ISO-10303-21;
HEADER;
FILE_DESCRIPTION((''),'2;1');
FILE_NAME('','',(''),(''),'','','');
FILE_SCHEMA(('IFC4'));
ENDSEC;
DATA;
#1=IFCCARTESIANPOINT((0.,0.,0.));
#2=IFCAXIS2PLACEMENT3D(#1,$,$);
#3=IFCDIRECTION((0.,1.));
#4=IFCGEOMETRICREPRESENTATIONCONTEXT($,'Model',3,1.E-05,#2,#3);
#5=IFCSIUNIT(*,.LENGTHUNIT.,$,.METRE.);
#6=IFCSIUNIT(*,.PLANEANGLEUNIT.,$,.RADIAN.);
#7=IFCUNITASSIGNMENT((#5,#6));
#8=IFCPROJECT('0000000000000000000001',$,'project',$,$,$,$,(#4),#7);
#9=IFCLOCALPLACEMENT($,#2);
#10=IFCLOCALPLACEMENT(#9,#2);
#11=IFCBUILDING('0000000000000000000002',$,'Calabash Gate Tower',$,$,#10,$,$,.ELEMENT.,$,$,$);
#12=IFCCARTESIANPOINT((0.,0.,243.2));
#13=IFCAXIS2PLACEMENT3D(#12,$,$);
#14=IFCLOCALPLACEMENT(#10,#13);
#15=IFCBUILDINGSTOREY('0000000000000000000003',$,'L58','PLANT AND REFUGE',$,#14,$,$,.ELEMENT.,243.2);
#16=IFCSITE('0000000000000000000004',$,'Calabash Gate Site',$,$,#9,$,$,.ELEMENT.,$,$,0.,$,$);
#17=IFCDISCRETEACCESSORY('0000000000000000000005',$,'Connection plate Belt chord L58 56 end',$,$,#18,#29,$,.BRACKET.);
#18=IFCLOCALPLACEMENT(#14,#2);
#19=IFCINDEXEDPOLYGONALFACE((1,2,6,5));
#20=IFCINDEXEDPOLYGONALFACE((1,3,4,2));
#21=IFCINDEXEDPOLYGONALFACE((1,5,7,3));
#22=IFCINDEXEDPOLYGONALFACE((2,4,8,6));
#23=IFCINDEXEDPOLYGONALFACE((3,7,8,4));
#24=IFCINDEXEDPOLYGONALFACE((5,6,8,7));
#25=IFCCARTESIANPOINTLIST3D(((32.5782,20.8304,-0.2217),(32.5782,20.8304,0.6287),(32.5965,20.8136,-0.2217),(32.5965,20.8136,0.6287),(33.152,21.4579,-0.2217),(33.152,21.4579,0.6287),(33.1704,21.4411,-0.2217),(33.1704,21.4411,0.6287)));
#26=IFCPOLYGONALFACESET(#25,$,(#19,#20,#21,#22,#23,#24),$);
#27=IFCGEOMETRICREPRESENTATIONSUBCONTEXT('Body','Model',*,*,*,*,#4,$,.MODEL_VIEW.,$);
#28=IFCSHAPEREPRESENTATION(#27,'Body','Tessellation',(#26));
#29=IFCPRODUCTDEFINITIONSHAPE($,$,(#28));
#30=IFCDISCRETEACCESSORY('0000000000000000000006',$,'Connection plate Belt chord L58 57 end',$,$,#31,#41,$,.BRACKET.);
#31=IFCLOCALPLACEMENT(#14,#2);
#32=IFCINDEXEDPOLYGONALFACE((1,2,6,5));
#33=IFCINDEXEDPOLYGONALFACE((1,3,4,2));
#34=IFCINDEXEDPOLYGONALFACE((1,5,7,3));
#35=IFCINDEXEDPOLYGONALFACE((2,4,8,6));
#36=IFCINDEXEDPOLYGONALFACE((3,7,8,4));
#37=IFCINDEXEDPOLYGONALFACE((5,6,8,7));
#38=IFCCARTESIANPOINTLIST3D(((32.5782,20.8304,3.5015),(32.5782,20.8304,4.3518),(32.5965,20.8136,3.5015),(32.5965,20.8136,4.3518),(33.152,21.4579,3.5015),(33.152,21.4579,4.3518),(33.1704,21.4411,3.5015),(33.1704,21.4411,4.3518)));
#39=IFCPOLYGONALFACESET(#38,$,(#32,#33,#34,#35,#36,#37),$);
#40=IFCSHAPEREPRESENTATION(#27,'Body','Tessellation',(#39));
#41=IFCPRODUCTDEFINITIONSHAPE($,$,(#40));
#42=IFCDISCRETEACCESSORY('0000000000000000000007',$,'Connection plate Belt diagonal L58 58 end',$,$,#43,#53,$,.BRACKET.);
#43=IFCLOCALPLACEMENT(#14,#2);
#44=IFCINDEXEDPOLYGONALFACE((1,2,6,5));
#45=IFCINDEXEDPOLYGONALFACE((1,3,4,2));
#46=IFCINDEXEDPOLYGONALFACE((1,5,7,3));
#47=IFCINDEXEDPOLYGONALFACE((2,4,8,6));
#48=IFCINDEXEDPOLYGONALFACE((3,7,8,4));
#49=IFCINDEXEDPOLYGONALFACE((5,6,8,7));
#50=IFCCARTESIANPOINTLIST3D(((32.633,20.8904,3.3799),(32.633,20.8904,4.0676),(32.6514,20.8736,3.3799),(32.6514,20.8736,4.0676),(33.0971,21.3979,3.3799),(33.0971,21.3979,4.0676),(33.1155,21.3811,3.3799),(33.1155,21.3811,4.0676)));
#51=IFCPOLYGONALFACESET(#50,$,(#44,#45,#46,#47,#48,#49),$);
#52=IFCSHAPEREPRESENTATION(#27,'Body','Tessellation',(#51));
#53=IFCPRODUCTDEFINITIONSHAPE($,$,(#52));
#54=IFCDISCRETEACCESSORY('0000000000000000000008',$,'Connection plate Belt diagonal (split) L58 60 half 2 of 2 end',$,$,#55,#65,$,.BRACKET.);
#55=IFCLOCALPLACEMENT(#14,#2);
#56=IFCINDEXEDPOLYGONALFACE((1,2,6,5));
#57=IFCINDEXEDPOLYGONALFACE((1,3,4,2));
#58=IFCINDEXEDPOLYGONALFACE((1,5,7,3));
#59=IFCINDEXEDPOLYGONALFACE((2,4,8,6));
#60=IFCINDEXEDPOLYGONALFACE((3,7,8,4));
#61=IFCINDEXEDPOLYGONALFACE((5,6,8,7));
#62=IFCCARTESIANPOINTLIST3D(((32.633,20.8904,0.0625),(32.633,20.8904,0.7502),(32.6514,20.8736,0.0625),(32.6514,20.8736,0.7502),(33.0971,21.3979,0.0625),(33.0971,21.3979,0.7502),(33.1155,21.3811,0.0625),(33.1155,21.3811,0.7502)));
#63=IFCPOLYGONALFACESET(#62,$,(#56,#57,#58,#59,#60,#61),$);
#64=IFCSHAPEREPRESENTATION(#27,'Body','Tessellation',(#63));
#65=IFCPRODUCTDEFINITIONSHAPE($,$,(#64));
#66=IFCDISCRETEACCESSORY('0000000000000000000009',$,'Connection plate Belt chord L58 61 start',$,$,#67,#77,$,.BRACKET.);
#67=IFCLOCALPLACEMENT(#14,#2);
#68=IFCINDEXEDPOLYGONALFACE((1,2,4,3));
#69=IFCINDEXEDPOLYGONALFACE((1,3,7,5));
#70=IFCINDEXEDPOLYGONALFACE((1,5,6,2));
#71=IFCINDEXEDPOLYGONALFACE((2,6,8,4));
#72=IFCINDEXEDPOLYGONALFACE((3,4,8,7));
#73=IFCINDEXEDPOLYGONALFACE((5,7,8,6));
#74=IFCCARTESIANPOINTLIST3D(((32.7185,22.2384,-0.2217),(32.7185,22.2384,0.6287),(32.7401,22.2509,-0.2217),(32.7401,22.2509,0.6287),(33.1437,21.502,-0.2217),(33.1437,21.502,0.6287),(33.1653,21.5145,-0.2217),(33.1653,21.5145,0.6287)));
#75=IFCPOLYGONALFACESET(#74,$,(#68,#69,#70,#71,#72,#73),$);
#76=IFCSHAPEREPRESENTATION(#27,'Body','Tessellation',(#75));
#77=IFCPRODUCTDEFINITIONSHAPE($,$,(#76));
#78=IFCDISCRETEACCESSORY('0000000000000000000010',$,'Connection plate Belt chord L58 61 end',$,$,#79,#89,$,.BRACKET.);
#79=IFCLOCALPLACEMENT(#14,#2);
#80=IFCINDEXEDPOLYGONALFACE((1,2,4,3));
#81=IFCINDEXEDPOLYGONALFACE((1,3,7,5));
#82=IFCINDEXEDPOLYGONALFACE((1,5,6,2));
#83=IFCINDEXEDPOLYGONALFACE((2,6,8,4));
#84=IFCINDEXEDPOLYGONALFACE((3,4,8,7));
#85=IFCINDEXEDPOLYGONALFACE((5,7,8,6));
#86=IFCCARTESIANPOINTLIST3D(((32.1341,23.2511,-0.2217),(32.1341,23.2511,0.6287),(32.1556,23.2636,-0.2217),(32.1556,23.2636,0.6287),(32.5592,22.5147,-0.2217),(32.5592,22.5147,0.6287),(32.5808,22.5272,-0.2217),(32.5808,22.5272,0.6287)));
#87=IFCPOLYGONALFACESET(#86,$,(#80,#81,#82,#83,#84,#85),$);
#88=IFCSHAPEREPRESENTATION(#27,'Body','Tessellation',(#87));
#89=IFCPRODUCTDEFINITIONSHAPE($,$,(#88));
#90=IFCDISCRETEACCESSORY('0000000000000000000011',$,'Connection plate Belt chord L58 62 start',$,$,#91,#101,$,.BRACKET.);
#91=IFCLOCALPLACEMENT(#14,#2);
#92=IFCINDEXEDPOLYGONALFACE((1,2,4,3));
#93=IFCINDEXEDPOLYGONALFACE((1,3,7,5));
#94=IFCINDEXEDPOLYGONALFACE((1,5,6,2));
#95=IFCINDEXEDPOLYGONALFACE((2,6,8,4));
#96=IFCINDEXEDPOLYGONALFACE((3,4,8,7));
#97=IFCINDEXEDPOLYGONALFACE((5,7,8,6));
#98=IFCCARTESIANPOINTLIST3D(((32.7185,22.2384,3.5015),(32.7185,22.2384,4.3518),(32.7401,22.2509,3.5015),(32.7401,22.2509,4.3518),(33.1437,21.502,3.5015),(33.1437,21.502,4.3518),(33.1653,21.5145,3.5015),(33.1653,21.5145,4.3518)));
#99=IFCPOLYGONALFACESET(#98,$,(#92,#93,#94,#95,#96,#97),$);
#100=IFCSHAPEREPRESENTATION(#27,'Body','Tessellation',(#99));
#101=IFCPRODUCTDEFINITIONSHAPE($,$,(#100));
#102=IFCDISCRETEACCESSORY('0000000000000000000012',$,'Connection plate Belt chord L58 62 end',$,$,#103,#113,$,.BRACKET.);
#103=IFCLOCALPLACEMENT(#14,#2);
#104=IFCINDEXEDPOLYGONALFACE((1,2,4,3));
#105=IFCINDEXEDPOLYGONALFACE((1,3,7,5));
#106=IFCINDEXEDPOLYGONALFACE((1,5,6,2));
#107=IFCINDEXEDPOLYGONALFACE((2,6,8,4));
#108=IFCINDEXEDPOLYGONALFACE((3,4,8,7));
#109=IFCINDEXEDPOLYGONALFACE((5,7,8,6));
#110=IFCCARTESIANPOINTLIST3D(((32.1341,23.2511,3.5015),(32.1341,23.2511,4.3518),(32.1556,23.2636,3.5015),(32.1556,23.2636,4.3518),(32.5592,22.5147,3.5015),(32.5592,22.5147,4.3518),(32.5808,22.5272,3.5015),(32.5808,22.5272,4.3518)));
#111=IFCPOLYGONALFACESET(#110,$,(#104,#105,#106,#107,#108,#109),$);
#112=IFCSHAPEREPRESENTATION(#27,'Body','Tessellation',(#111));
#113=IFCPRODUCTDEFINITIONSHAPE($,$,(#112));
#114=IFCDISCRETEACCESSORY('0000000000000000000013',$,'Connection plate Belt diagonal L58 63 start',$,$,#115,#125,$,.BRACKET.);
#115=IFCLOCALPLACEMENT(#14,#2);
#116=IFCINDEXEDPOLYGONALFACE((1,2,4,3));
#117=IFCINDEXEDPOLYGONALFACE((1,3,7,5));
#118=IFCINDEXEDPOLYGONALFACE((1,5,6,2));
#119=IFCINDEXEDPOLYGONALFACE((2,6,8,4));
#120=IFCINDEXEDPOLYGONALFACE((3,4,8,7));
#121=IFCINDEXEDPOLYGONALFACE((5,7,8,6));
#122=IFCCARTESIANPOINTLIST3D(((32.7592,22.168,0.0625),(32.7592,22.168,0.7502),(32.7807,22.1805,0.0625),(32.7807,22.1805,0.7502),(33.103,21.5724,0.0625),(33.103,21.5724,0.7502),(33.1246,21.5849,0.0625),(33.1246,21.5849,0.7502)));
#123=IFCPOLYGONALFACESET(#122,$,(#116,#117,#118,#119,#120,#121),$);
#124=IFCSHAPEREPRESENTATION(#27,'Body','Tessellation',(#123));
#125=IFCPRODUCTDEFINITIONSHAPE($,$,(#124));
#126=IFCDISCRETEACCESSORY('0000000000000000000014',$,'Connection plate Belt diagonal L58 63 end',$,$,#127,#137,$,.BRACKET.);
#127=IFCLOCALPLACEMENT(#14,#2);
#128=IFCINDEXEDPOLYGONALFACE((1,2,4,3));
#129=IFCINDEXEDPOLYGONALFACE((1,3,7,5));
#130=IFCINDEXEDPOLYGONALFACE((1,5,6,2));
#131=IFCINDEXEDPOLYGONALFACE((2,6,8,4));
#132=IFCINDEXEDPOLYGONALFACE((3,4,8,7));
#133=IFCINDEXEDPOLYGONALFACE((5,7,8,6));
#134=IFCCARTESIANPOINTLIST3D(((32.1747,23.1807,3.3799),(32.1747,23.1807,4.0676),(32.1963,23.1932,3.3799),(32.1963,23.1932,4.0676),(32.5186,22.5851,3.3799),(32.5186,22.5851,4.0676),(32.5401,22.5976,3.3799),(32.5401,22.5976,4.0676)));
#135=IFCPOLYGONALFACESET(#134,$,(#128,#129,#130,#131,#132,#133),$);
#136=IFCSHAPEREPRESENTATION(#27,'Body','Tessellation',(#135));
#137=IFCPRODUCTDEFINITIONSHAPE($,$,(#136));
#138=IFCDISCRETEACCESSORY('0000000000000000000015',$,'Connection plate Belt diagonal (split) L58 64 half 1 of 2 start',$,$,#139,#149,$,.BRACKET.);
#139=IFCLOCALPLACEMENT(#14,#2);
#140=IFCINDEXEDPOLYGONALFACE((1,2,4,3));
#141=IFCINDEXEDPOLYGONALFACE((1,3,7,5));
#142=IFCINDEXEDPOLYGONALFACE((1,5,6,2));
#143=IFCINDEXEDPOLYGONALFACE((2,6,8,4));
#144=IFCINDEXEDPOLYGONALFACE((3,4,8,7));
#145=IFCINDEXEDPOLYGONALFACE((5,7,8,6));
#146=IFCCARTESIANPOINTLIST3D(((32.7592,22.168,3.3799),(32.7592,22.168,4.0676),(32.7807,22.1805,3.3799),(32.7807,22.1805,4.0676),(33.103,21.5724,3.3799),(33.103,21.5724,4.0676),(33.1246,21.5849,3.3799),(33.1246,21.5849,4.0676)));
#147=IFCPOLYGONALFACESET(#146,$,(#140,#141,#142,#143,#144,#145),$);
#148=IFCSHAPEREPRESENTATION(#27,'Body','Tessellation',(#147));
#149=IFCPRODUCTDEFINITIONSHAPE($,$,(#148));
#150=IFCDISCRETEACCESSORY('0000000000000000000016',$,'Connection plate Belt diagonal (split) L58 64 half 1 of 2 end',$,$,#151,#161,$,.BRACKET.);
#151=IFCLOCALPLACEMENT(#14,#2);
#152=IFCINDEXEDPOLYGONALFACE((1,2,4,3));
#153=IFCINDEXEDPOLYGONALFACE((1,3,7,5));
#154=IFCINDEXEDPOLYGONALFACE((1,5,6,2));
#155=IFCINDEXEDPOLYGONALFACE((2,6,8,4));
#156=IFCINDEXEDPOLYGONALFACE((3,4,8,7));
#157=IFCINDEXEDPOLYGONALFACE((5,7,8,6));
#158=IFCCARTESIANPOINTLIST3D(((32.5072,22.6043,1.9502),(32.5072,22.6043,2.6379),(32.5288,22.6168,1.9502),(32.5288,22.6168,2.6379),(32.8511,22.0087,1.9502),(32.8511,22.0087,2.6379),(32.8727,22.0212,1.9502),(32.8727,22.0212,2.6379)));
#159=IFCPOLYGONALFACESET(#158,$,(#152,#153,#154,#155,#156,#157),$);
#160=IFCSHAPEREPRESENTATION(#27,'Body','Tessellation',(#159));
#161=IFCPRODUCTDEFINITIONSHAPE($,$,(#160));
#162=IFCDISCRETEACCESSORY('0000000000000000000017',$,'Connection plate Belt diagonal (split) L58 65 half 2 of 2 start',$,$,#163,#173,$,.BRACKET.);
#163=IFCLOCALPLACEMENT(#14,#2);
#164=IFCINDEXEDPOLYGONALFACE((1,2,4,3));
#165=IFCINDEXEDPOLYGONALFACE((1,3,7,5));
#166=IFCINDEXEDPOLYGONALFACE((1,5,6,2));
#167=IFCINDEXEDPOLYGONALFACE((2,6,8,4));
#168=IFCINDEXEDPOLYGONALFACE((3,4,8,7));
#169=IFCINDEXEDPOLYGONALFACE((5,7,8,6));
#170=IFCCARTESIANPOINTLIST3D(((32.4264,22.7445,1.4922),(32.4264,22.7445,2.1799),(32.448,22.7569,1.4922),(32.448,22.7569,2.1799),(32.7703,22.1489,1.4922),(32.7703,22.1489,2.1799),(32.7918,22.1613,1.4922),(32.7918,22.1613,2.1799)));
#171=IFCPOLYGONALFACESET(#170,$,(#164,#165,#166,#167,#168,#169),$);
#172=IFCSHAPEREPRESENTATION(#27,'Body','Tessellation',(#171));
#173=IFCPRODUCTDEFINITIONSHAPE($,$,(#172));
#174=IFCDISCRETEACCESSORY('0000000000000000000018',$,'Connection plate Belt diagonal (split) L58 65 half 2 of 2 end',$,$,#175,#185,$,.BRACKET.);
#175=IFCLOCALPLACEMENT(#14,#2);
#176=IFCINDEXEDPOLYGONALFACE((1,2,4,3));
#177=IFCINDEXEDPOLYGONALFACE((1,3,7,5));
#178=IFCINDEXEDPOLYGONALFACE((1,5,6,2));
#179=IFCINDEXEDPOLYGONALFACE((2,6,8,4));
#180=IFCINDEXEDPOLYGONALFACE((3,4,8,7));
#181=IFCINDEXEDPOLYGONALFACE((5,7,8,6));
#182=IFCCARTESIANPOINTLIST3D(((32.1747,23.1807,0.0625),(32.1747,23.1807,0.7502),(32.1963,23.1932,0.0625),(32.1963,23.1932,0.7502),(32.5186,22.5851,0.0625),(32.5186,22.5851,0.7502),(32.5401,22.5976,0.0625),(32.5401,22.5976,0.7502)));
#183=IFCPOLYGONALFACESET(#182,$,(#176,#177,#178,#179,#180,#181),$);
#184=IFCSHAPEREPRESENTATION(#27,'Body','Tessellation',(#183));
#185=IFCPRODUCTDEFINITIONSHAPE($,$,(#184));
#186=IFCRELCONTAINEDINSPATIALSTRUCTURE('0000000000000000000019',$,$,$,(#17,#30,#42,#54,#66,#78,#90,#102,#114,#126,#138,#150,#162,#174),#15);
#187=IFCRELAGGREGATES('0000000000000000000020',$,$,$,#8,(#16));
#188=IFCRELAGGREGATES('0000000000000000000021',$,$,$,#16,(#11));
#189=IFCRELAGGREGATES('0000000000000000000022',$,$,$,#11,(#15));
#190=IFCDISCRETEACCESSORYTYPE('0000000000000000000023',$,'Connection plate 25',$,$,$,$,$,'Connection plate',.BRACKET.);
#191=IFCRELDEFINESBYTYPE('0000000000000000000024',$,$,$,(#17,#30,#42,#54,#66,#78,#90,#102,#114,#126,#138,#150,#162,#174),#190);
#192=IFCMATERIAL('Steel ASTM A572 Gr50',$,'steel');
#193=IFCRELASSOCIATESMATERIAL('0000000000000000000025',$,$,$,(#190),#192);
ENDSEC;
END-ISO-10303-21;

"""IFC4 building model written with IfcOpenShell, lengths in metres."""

from ifc_helpers import new_model, si_unit, direction, frame, origin, origin_2d, place, context, subcontext, project, spatial, rectangle, extrude, material, type_object, element, save


model = new_model("IFC4")

# Units and contexts
model_context = context("Model", 3, precision=1e-05, world=origin(), true_north=direction((0.0, 1.0)))
body_context = subcontext(model_context, "Body", "Model", "MODEL_VIEW")
ifc_project = project(units=[si_unit("LENGTHUNIT", "METRE"), si_unit("PLANEANGLEUNIT", "RADIAN")], contexts=[model_context])

# Site, building, storey
site_placement = place(None, origin())
site = spatial("IfcSite", under=ifc_project, at=site_placement, Name="Calabash Gate Site", CompositionType="ELEMENT", RefElevation=0.0)
building_placement = place(site_placement, origin())
building = spatial("IfcBuilding", under=site, at=building_placement, Name="Calabash Gate Tower", CompositionType="ELEMENT")
storey_placement = place(building_placement, frame((0.0, 0.0, 243.2)))
storey = spatial("IfcBuildingStorey", under=building, at=storey_placement, Name="L58", Description="PLANT AND REFUGE", CompositionType="ELEMENT", Elevation=243.2)

# Discrete accessories
ifc_material_1 = material(Name="Steel ASTM A572 Gr50", Category="steel")
discrete_accessory_type = type_object("IfcDiscreteAccessoryType", Name="Connection plate 25", ElementType="Connection plate", PredefinedType="BRACKET", material=ifc_material_1)
for number, where, z_axis, x_axis, name in (
    (1, (32.8743, 21.1357, -0.2217), (0.0, 0.0, 1.0), (0.674856, 0.737949, 0.0), "Connection plate Belt chord L58 56 end"),
    (2, (32.8743, 21.1357, 3.5015), (0.0, 0.0, 1.0), (0.674856, 0.737949, 0.0), "Connection plate Belt chord L58 57 end"),
):
    element("IfcDiscreteAccessory", number, at=place(storey_placement, frame(where, z_axis=z_axis, x_axis=x_axis)), inside=storey, type_object=discrete_accessory_type, Name=name, PredefinedType="BRACKET", context=body_context, shape_type="SweptSolid", body=[
        extrude(rectangle(XDim=0.8503, YDim=0.0249, at=origin_2d()), origin(), (0.0, 0.0, 1.0), 0.8503),
    ])
for number, where, z_axis, x_axis, name in (
    (3, (32.8743, 21.1357, 3.3799), (0.0, 0.0, 1.0), (0.674856, 0.737949, 0.0), "Connection plate Belt diagonal L58 58 end"),
    (4, (32.8743, 21.1357, 0.0625), (0.0, 0.0, 1.0), (0.674856, 0.737949, 0.0), "Connection plate Belt diagonal (split) L58 60 half 2 of 2 end"),
):
    element("IfcDiscreteAccessory", number, at=place(storey_placement, frame(where, z_axis=z_axis, x_axis=x_axis)), inside=storey, type_object=discrete_accessory_type, Name=name, PredefinedType="BRACKET", context=body_context, shape_type="SweptSolid", body=[
        extrude(rectangle(XDim=0.6877, YDim=0.0249, at=origin_2d()), origin(), (0.0, 0.0, 1.0), 0.6877),
    ])
for number, where, z_axis, x_axis, name in (
    (5, (32.9419, 21.8765, -0.2217), (0.0, 0.0, 1.0), (-0.5, 0.866026, 0.0), "Connection plate Belt chord L58 61 start"),
    (6, (32.3574, 22.8892, -0.2217), (0.0, 0.0, 1.0), (-0.5, 0.866026, 0.0), "Connection plate Belt chord L58 61 end"),
    (7, (32.9419, 21.8765, 3.5015), (0.0, 0.0, 1.0), (-0.5, 0.866026, 0.0), "Connection plate Belt chord L58 62 start"),
    (8, (32.3574, 22.8892, 3.5015), (0.0, 0.0, 1.0), (-0.5, 0.866026, 0.0), "Connection plate Belt chord L58 62 end"),
):
    element("IfcDiscreteAccessory", number, at=place(storey_placement, frame(where, z_axis=z_axis, x_axis=x_axis)), inside=storey, type_object=discrete_accessory_type, Name=name, PredefinedType="BRACKET", context=body_context, shape_type="SweptSolid", body=[
        extrude(rectangle(XDim=0.8503, YDim=0.0249, at=origin_2d()), origin(), (0.0, 0.0, 1.0), 0.8503),
    ])
for number, where, z_axis, x_axis, name in (
    (9, (32.9419, 21.8765, 0.0625), (0.0, 0.0, 1.0), (-0.5, 0.866026, 0.0), "Connection plate Belt diagonal L58 63 start"),
    (10, (32.3574, 22.8892, 3.3799), (0.0, 0.0, 1.0), (-0.5, 0.866026, 0.0), "Connection plate Belt diagonal L58 63 end"),
    (11, (32.9419, 21.8765, 3.3799), (0.0, 0.0, 1.0), (-0.5, 0.866026, 0.0), "Connection plate Belt diagonal (split) L58 64 half 1 of 2 start"),
    (12, (32.6899, 22.3127, 1.9502), (0.0, 0.0, 1.0), (-0.5, 0.866026, 0.0), "Connection plate Belt diagonal (split) L58 64 half 1 of 2 end"),
    (13, (32.6091, 22.4529, 1.4922), (0.0, 0.0, 1.0), (-0.5, 0.866026, 0.0), "Connection plate Belt diagonal (split) L58 65 half 2 of 2 start"),
    (14, (32.3574, 22.8892, 0.0625), (0.0, 0.0, 1.0), (-0.5, 0.866026, 0.0), "Connection plate Belt diagonal (split) L58 65 half 2 of 2 end"),
):
    element("IfcDiscreteAccessory", number, at=place(storey_placement, frame(where, z_axis=z_axis, x_axis=x_axis)), inside=storey, type_object=discrete_accessory_type, Name=name, PredefinedType="BRACKET", context=body_context, shape_type="SweptSolid", body=[
        extrude(rectangle(XDim=0.6877, YDim=0.0249, at=origin_2d()), origin(), (0.0, 0.0, 1.0), 0.6877),
    ])

save(model, "model.ifc")
